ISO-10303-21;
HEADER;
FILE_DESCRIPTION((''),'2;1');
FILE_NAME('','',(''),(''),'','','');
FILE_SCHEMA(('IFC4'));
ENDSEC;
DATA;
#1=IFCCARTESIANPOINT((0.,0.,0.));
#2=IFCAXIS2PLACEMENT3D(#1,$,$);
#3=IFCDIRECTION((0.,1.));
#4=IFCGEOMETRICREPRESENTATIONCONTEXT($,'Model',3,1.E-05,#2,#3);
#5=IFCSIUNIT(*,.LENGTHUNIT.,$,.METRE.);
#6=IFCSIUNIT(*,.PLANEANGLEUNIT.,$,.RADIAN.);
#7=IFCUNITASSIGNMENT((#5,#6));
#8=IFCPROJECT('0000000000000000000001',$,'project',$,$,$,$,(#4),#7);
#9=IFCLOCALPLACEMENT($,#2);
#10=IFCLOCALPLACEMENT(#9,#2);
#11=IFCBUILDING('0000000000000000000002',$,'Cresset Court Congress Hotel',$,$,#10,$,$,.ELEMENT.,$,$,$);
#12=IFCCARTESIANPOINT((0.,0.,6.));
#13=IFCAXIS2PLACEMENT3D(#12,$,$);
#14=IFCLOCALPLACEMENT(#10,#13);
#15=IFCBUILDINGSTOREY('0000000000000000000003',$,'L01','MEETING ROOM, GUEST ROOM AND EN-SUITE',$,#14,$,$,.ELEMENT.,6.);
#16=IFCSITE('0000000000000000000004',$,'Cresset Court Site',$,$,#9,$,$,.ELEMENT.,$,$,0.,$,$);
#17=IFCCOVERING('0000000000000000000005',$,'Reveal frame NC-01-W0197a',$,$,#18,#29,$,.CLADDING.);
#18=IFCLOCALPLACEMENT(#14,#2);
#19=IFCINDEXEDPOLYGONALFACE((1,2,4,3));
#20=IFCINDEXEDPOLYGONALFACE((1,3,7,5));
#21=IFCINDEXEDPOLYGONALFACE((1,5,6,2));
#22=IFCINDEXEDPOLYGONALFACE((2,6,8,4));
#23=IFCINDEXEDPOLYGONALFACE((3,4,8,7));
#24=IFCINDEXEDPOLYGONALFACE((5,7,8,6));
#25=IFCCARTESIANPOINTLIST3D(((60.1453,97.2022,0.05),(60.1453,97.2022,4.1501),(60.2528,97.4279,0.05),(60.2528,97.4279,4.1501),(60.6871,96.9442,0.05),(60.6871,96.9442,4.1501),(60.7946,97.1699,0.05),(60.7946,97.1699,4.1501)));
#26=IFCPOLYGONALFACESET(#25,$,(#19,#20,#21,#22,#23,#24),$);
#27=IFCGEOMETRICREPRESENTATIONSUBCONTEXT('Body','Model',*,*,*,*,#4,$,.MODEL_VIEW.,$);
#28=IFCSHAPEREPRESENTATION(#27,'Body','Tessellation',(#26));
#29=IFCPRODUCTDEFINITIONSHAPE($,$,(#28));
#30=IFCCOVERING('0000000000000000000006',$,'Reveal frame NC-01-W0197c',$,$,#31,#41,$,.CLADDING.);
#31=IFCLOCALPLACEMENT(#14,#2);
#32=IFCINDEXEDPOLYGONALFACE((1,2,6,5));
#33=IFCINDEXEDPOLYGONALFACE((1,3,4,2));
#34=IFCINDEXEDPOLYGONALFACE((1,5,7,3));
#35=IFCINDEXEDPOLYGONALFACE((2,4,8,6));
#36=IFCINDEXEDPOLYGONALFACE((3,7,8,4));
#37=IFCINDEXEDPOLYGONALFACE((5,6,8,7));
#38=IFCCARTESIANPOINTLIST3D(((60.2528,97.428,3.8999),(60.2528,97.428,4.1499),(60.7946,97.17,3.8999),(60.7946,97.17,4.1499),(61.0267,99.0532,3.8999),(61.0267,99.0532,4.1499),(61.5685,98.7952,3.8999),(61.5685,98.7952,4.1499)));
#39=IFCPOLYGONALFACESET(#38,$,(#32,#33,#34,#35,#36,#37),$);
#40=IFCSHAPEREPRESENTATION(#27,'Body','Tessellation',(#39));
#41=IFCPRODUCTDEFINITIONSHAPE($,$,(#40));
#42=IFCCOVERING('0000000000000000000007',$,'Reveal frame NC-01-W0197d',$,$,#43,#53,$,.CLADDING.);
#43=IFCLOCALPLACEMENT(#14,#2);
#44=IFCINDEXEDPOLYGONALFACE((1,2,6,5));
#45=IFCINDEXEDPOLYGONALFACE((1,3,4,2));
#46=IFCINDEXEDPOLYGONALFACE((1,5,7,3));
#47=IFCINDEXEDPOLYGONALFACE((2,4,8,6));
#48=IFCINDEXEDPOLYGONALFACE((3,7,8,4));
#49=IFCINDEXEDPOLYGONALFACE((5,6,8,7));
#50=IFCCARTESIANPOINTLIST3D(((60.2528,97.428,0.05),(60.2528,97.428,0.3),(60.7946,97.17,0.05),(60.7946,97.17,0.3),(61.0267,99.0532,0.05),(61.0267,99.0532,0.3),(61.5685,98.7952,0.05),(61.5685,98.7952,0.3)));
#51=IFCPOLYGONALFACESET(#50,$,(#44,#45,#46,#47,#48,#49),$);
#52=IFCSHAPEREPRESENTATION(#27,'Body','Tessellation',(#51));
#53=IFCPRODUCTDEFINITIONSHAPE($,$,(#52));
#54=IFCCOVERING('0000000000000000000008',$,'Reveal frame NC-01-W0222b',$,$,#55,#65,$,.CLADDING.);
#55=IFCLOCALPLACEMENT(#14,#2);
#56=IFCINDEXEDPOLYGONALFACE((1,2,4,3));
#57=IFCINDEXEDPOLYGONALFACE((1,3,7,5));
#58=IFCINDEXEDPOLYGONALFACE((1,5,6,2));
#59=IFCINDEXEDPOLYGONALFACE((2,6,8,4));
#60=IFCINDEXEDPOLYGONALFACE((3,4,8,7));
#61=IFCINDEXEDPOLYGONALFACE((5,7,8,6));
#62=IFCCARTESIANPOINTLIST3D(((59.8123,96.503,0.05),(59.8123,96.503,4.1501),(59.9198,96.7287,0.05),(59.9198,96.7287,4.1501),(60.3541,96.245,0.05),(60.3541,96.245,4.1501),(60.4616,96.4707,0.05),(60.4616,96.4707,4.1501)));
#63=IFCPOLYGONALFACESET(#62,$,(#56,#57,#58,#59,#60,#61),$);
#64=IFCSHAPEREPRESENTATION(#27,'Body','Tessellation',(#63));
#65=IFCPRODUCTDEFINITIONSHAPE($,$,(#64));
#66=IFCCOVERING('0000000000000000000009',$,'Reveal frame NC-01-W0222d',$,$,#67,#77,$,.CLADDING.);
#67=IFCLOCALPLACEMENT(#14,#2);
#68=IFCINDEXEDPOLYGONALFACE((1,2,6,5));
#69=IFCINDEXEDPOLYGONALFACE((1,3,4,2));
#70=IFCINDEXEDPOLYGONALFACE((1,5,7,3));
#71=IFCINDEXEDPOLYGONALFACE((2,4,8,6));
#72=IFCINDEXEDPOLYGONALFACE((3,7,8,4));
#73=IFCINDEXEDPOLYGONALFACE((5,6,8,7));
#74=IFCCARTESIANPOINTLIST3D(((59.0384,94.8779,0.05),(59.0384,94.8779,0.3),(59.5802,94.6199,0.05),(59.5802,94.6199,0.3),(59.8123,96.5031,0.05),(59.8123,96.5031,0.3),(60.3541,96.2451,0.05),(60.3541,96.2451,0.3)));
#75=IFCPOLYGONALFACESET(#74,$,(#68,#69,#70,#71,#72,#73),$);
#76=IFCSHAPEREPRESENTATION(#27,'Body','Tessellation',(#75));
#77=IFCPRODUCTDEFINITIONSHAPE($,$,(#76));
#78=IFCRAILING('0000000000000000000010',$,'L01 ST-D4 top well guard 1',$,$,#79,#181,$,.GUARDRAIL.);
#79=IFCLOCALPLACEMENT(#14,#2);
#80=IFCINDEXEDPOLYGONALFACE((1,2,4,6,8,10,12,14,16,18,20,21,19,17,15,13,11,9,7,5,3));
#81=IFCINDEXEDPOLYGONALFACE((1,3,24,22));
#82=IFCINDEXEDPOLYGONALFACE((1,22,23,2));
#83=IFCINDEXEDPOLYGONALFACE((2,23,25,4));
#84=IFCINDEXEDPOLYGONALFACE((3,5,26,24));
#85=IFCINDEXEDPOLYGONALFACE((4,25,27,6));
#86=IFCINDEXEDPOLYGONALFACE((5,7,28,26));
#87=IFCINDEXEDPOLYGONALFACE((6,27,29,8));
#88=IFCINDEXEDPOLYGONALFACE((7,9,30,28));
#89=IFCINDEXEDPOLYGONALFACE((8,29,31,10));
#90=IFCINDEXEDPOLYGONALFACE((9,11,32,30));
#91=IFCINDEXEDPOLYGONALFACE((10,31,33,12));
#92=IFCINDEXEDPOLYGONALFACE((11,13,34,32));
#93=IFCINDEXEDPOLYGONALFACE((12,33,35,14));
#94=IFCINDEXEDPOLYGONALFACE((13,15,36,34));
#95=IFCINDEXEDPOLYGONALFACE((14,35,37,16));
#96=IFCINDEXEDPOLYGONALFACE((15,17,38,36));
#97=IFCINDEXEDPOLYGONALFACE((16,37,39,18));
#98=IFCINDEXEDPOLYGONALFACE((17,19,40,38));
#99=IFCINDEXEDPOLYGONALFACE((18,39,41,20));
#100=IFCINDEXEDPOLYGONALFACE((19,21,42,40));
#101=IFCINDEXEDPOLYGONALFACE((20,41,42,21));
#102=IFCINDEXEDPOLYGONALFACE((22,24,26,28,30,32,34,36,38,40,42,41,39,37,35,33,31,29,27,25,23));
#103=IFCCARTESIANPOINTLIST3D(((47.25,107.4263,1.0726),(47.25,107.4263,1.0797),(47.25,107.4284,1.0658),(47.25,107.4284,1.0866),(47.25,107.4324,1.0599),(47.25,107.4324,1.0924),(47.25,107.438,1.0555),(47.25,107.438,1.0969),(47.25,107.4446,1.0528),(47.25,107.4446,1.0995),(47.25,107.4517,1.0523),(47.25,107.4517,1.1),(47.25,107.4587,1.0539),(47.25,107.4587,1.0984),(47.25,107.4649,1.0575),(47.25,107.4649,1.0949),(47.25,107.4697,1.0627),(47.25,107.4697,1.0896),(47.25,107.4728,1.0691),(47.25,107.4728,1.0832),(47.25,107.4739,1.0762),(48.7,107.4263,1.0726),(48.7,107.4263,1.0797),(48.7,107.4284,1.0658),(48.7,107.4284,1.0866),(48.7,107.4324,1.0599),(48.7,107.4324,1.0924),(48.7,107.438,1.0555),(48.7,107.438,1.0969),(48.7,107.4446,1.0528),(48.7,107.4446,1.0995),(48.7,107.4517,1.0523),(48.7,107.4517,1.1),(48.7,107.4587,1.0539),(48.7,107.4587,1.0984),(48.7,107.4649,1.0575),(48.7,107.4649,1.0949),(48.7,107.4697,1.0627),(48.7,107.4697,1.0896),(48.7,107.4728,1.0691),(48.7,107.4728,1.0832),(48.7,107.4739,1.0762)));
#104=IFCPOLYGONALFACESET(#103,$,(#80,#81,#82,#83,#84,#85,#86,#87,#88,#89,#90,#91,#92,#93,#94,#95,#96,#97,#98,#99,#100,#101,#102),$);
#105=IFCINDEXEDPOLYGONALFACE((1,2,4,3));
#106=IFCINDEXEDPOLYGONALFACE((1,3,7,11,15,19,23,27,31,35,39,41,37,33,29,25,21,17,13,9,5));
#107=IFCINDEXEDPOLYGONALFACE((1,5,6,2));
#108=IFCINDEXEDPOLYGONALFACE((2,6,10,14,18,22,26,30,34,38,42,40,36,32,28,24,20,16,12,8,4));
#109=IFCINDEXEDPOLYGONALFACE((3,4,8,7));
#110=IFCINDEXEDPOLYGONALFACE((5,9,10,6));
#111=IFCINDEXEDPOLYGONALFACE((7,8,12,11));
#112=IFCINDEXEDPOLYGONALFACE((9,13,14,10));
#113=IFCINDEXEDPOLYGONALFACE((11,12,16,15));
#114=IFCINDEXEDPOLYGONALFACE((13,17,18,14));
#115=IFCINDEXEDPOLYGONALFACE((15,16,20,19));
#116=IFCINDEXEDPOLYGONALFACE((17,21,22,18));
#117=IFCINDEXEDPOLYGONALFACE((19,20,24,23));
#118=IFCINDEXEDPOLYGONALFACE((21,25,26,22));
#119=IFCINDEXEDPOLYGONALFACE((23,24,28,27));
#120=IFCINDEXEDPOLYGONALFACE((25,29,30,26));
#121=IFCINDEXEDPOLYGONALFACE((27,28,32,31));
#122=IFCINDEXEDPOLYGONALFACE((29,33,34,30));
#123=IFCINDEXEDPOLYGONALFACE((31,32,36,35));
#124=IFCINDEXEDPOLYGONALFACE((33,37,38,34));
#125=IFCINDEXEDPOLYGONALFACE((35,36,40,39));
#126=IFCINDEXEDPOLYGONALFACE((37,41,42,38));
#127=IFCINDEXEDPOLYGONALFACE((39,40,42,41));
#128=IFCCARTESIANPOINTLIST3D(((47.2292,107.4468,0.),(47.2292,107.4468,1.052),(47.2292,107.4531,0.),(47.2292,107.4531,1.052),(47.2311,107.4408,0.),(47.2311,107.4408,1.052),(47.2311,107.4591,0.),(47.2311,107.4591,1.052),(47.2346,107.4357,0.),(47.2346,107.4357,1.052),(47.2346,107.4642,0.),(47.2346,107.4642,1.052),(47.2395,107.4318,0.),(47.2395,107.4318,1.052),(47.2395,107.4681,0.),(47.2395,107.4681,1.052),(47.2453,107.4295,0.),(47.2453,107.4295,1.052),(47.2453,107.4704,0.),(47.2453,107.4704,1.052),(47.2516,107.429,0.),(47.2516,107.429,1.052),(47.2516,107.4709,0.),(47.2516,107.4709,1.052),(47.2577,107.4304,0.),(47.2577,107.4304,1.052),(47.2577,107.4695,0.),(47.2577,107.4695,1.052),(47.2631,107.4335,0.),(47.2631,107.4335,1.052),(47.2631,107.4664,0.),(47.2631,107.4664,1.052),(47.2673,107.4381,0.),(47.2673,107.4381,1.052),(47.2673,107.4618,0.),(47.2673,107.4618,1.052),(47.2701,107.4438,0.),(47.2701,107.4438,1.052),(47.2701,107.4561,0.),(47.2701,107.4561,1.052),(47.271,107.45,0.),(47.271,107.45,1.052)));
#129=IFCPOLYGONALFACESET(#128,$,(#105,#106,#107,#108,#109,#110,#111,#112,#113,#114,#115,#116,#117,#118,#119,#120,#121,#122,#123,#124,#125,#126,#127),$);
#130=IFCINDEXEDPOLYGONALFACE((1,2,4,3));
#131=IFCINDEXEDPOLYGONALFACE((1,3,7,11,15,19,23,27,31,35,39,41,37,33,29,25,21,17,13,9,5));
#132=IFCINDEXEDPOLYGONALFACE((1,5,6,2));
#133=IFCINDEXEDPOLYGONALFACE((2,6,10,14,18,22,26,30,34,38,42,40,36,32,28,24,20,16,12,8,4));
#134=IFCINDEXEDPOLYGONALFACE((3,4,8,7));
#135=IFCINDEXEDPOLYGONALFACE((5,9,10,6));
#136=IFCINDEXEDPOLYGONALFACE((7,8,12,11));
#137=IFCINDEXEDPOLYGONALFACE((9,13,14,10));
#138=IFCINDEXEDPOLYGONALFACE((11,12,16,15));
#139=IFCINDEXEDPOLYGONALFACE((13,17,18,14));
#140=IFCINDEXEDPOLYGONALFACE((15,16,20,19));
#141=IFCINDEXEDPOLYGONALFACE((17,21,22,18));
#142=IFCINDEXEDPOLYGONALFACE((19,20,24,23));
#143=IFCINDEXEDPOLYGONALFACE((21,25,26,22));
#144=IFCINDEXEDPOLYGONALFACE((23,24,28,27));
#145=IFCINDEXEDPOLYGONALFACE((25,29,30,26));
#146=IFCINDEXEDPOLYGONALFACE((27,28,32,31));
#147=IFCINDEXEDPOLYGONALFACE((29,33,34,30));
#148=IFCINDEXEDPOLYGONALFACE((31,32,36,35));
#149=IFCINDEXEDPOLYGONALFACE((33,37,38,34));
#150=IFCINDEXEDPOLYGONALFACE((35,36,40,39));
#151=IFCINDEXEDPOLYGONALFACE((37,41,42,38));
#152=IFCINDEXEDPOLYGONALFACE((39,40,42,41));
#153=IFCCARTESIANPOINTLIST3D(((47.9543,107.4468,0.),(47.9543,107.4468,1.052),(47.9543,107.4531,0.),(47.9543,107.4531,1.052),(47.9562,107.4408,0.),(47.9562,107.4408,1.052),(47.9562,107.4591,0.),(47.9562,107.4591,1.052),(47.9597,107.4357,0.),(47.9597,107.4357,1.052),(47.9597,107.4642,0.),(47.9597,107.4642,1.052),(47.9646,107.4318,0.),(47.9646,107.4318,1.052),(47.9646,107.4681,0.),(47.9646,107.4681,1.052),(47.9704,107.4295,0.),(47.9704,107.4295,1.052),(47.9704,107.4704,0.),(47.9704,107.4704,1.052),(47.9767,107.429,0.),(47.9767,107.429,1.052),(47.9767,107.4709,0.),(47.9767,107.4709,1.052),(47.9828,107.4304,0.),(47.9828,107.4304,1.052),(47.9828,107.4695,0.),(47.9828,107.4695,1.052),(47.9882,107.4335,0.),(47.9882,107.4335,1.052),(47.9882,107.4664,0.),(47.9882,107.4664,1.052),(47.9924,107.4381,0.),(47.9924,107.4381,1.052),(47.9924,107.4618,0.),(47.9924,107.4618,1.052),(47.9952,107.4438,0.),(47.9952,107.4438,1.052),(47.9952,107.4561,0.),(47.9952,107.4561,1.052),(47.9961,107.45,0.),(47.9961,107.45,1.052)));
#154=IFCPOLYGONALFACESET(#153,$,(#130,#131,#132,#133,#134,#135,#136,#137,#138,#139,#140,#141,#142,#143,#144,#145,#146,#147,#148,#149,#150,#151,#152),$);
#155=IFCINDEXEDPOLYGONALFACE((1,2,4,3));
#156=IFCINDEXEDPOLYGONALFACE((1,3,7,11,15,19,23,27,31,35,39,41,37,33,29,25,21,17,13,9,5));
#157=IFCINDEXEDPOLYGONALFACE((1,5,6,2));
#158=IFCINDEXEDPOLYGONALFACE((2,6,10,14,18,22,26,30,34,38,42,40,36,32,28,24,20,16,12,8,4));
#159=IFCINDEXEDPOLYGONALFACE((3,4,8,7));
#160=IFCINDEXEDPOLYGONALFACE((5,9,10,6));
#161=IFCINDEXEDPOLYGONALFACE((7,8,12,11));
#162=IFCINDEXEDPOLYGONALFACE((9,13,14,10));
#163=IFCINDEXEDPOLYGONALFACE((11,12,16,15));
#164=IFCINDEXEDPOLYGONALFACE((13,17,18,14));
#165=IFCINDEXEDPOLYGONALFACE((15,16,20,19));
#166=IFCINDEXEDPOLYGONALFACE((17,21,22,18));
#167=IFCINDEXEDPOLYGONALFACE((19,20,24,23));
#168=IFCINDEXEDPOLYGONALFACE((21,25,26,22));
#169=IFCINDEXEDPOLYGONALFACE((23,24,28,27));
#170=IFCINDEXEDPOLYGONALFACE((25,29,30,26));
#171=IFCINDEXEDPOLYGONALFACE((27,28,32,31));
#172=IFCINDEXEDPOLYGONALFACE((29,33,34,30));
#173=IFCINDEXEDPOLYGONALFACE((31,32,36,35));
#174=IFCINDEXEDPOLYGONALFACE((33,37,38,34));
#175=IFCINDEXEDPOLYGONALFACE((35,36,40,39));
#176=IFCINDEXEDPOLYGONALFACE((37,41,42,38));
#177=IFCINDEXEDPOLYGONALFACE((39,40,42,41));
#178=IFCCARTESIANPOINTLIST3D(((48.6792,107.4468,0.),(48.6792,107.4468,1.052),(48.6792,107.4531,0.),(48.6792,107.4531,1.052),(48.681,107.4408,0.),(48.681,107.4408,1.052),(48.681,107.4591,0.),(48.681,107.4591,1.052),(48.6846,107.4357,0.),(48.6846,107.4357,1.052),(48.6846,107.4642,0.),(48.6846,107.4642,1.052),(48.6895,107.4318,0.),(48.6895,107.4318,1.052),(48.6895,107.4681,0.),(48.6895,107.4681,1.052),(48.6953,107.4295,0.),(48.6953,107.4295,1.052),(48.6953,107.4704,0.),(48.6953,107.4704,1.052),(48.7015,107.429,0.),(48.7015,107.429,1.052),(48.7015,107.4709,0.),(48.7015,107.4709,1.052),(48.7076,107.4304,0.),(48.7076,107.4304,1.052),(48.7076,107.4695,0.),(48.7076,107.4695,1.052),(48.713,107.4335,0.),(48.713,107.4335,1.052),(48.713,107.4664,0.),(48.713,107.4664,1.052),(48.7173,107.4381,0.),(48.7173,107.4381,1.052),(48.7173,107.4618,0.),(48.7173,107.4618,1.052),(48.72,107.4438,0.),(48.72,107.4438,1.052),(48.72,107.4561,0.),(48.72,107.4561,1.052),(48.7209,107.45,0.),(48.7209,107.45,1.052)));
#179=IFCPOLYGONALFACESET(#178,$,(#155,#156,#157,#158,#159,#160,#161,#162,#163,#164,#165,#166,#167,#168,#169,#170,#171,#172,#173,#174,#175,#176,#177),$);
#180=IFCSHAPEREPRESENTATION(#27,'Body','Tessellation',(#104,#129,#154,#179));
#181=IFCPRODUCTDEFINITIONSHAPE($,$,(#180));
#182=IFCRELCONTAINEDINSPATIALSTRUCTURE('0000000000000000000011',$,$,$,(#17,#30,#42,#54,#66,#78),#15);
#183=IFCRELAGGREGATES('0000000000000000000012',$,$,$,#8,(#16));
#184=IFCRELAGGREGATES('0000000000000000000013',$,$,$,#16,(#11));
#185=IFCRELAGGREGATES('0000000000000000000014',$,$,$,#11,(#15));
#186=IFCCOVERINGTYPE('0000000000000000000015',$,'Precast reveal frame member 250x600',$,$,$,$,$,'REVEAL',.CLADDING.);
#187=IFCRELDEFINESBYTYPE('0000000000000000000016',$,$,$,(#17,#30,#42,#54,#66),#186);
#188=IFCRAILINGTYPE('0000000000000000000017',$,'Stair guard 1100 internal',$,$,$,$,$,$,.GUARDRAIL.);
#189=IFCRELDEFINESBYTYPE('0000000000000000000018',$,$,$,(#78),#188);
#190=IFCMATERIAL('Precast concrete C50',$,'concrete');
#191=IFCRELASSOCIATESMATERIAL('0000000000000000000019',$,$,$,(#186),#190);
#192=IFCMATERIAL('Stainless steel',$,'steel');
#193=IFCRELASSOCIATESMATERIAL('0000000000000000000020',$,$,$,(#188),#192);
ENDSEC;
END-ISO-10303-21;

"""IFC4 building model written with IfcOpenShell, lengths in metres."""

from ifc_helpers import new_model, si_unit, direction, frame, origin, origin_2d, place, context, subcontext, project, spatial, rectangle, circle, extrude, material, type_object, element, save


model = new_model("IFC4")

# Units and contexts
model_context = context("Model", 3, precision=1e-05, world=origin(), true_north=direction((0.0, 1.0)))
body_context = subcontext(model_context, "Body", "Model", "MODEL_VIEW")
ifc_project = project(units=[si_unit("LENGTHUNIT", "METRE"), si_unit("PLANEANGLEUNIT", "RADIAN")], contexts=[model_context])

# Site, building, storey
site_placement = place(None, origin())
site = spatial("IfcSite", under=ifc_project, at=site_placement, Name="Cresset Court Site", CompositionType="ELEMENT", RefElevation=0.0)
building_placement = place(site_placement, origin())
building = spatial("IfcBuilding", under=site, at=building_placement, Name="Cresset Court Congress Hotel", CompositionType="ELEMENT")
storey_placement = place(building_placement, frame((0.0, 0.0, 6.0)))
storey = spatial("IfcBuildingStorey", under=building, at=storey_placement, Name="L01", Description="MEETING ROOM, GUEST ROOM AND EN-SUITE", CompositionType="ELEMENT", Elevation=6.0)

# Coverings
ifc_material_1 = material(Name="Precast concrete C50", Category="concrete")
covering_type = type_object("IfcCoveringType", Name="Precast reveal frame member 250x600", ElementType="REVEAL", PredefinedType="CLADDING", material=ifc_material_1)
covering_1_placement = place(storey_placement, frame((60.47, 97.186, 0.05), z_axis=(0.0, 0.0, 1.0), x_axis=(0.429933, 0.902861, 0.0)))
element("IfcCovering", 1, at=covering_1_placement, inside=storey, type_object=covering_type, Name="Reveal frame NC-01-W0197a", PredefinedType="CLADDING", context=body_context, shape_type="SweptSolid", body=[
    extrude(rectangle(XDim=0.25, YDim=0.6001, at=origin_2d()), origin(), (0.0, 0.0, 1.0), 4.1001),
])
for number, where, z_axis, x_axis, name in (
    (2, (60.9106, 98.1116, 3.8999), (0.0, 0.0, 1.0), (0.429933, 0.902861, 0.0), "Reveal frame NC-01-W0197c"),
    (3, (60.9106, 98.1116, 0.05), (0.0, 0.0, 1.0), (0.429933, 0.902861, 0.0), "Reveal frame NC-01-W0197d"),
):
    element("IfcCovering", number, at=place(storey_placement, frame(where, z_axis=z_axis, x_axis=x_axis)), inside=storey, type_object=covering_type, Name=name, PredefinedType="CLADDING", context=body_context, shape_type="SweptSolid", body=[
        extrude(rectangle(XDim=1.8, YDim=0.6001, at=origin_2d()), origin(), (0.0, 0.0, 1.0), 0.25),
    ])
covering_2_placement = place(storey_placement, frame((60.137, 96.4868, 0.05), z_axis=(0.0, 0.0, 1.0), x_axis=(0.429933, 0.902861, 0.0)))
element("IfcCovering", 4, at=covering_2_placement, inside=storey, type_object=covering_type, Name="Reveal frame NC-01-W0222b", PredefinedType="CLADDING", context=body_context, shape_type="SweptSolid", body=[
    extrude(rectangle(XDim=0.25, YDim=0.6001, at=origin_2d()), origin(), (0.0, 0.0, 1.0), 4.1001),
])
covering_3_placement = place(storey_placement, frame((59.6963, 95.5615, 0.05), z_axis=(0.0, 0.0, 1.0), x_axis=(0.429933, 0.902861, 0.0)))
element("IfcCovering", 5, at=covering_3_placement, inside=storey, type_object=covering_type, Name="Reveal frame NC-01-W0222d", PredefinedType="CLADDING", context=body_context, shape_type="SweptSolid", body=[
    extrude(rectangle(XDim=1.8, YDim=0.6001, at=origin_2d()), origin(), (0.0, 0.0, 1.0), 0.25),
])

# Railing
ifc_material_2 = material(Name="Stainless steel", Category="steel")
railing_type_1 = type_object("IfcRailingType", Name="Stair guard 1100 internal", PredefinedType="GUARDRAIL", material=ifc_material_2)
railing_placement = place(storey_placement, frame((47.25, 107.45, 0.0)))
element("IfcRailing", 6, at=railing_placement, inside=storey, type_object=railing_type_1, Name="L01 ST-D4 top well guard 1", PredefinedType="GUARDRAIL", context=body_context, shape_type="SweptSolid", body=[
    extrude(circle(Radius=0.0239, at=origin_2d()), frame((0.0, 0.0, 1.0762), z_axis=(1.0, 0.0, 0.0), x_axis=(0.0, 1.0, 0.0)), (0.0, 0.0, 1.0), 1.45),
    extrude(circle(Radius=0.021, at=origin_2d()), origin(), (0.0, 0.0, 1.0), 1.052),
    extrude(circle(Radius=0.021, at=origin_2d()), frame((0.7251, 0.0, 0.0)), (0.0, 0.0, 1.0), 1.052),
    extrude(circle(Radius=0.021, at=origin_2d()), frame((1.45, 0.0, 0.0)), (0.0, 0.0, 1.0), 1.052),
])

save(model, "model.ifc")
